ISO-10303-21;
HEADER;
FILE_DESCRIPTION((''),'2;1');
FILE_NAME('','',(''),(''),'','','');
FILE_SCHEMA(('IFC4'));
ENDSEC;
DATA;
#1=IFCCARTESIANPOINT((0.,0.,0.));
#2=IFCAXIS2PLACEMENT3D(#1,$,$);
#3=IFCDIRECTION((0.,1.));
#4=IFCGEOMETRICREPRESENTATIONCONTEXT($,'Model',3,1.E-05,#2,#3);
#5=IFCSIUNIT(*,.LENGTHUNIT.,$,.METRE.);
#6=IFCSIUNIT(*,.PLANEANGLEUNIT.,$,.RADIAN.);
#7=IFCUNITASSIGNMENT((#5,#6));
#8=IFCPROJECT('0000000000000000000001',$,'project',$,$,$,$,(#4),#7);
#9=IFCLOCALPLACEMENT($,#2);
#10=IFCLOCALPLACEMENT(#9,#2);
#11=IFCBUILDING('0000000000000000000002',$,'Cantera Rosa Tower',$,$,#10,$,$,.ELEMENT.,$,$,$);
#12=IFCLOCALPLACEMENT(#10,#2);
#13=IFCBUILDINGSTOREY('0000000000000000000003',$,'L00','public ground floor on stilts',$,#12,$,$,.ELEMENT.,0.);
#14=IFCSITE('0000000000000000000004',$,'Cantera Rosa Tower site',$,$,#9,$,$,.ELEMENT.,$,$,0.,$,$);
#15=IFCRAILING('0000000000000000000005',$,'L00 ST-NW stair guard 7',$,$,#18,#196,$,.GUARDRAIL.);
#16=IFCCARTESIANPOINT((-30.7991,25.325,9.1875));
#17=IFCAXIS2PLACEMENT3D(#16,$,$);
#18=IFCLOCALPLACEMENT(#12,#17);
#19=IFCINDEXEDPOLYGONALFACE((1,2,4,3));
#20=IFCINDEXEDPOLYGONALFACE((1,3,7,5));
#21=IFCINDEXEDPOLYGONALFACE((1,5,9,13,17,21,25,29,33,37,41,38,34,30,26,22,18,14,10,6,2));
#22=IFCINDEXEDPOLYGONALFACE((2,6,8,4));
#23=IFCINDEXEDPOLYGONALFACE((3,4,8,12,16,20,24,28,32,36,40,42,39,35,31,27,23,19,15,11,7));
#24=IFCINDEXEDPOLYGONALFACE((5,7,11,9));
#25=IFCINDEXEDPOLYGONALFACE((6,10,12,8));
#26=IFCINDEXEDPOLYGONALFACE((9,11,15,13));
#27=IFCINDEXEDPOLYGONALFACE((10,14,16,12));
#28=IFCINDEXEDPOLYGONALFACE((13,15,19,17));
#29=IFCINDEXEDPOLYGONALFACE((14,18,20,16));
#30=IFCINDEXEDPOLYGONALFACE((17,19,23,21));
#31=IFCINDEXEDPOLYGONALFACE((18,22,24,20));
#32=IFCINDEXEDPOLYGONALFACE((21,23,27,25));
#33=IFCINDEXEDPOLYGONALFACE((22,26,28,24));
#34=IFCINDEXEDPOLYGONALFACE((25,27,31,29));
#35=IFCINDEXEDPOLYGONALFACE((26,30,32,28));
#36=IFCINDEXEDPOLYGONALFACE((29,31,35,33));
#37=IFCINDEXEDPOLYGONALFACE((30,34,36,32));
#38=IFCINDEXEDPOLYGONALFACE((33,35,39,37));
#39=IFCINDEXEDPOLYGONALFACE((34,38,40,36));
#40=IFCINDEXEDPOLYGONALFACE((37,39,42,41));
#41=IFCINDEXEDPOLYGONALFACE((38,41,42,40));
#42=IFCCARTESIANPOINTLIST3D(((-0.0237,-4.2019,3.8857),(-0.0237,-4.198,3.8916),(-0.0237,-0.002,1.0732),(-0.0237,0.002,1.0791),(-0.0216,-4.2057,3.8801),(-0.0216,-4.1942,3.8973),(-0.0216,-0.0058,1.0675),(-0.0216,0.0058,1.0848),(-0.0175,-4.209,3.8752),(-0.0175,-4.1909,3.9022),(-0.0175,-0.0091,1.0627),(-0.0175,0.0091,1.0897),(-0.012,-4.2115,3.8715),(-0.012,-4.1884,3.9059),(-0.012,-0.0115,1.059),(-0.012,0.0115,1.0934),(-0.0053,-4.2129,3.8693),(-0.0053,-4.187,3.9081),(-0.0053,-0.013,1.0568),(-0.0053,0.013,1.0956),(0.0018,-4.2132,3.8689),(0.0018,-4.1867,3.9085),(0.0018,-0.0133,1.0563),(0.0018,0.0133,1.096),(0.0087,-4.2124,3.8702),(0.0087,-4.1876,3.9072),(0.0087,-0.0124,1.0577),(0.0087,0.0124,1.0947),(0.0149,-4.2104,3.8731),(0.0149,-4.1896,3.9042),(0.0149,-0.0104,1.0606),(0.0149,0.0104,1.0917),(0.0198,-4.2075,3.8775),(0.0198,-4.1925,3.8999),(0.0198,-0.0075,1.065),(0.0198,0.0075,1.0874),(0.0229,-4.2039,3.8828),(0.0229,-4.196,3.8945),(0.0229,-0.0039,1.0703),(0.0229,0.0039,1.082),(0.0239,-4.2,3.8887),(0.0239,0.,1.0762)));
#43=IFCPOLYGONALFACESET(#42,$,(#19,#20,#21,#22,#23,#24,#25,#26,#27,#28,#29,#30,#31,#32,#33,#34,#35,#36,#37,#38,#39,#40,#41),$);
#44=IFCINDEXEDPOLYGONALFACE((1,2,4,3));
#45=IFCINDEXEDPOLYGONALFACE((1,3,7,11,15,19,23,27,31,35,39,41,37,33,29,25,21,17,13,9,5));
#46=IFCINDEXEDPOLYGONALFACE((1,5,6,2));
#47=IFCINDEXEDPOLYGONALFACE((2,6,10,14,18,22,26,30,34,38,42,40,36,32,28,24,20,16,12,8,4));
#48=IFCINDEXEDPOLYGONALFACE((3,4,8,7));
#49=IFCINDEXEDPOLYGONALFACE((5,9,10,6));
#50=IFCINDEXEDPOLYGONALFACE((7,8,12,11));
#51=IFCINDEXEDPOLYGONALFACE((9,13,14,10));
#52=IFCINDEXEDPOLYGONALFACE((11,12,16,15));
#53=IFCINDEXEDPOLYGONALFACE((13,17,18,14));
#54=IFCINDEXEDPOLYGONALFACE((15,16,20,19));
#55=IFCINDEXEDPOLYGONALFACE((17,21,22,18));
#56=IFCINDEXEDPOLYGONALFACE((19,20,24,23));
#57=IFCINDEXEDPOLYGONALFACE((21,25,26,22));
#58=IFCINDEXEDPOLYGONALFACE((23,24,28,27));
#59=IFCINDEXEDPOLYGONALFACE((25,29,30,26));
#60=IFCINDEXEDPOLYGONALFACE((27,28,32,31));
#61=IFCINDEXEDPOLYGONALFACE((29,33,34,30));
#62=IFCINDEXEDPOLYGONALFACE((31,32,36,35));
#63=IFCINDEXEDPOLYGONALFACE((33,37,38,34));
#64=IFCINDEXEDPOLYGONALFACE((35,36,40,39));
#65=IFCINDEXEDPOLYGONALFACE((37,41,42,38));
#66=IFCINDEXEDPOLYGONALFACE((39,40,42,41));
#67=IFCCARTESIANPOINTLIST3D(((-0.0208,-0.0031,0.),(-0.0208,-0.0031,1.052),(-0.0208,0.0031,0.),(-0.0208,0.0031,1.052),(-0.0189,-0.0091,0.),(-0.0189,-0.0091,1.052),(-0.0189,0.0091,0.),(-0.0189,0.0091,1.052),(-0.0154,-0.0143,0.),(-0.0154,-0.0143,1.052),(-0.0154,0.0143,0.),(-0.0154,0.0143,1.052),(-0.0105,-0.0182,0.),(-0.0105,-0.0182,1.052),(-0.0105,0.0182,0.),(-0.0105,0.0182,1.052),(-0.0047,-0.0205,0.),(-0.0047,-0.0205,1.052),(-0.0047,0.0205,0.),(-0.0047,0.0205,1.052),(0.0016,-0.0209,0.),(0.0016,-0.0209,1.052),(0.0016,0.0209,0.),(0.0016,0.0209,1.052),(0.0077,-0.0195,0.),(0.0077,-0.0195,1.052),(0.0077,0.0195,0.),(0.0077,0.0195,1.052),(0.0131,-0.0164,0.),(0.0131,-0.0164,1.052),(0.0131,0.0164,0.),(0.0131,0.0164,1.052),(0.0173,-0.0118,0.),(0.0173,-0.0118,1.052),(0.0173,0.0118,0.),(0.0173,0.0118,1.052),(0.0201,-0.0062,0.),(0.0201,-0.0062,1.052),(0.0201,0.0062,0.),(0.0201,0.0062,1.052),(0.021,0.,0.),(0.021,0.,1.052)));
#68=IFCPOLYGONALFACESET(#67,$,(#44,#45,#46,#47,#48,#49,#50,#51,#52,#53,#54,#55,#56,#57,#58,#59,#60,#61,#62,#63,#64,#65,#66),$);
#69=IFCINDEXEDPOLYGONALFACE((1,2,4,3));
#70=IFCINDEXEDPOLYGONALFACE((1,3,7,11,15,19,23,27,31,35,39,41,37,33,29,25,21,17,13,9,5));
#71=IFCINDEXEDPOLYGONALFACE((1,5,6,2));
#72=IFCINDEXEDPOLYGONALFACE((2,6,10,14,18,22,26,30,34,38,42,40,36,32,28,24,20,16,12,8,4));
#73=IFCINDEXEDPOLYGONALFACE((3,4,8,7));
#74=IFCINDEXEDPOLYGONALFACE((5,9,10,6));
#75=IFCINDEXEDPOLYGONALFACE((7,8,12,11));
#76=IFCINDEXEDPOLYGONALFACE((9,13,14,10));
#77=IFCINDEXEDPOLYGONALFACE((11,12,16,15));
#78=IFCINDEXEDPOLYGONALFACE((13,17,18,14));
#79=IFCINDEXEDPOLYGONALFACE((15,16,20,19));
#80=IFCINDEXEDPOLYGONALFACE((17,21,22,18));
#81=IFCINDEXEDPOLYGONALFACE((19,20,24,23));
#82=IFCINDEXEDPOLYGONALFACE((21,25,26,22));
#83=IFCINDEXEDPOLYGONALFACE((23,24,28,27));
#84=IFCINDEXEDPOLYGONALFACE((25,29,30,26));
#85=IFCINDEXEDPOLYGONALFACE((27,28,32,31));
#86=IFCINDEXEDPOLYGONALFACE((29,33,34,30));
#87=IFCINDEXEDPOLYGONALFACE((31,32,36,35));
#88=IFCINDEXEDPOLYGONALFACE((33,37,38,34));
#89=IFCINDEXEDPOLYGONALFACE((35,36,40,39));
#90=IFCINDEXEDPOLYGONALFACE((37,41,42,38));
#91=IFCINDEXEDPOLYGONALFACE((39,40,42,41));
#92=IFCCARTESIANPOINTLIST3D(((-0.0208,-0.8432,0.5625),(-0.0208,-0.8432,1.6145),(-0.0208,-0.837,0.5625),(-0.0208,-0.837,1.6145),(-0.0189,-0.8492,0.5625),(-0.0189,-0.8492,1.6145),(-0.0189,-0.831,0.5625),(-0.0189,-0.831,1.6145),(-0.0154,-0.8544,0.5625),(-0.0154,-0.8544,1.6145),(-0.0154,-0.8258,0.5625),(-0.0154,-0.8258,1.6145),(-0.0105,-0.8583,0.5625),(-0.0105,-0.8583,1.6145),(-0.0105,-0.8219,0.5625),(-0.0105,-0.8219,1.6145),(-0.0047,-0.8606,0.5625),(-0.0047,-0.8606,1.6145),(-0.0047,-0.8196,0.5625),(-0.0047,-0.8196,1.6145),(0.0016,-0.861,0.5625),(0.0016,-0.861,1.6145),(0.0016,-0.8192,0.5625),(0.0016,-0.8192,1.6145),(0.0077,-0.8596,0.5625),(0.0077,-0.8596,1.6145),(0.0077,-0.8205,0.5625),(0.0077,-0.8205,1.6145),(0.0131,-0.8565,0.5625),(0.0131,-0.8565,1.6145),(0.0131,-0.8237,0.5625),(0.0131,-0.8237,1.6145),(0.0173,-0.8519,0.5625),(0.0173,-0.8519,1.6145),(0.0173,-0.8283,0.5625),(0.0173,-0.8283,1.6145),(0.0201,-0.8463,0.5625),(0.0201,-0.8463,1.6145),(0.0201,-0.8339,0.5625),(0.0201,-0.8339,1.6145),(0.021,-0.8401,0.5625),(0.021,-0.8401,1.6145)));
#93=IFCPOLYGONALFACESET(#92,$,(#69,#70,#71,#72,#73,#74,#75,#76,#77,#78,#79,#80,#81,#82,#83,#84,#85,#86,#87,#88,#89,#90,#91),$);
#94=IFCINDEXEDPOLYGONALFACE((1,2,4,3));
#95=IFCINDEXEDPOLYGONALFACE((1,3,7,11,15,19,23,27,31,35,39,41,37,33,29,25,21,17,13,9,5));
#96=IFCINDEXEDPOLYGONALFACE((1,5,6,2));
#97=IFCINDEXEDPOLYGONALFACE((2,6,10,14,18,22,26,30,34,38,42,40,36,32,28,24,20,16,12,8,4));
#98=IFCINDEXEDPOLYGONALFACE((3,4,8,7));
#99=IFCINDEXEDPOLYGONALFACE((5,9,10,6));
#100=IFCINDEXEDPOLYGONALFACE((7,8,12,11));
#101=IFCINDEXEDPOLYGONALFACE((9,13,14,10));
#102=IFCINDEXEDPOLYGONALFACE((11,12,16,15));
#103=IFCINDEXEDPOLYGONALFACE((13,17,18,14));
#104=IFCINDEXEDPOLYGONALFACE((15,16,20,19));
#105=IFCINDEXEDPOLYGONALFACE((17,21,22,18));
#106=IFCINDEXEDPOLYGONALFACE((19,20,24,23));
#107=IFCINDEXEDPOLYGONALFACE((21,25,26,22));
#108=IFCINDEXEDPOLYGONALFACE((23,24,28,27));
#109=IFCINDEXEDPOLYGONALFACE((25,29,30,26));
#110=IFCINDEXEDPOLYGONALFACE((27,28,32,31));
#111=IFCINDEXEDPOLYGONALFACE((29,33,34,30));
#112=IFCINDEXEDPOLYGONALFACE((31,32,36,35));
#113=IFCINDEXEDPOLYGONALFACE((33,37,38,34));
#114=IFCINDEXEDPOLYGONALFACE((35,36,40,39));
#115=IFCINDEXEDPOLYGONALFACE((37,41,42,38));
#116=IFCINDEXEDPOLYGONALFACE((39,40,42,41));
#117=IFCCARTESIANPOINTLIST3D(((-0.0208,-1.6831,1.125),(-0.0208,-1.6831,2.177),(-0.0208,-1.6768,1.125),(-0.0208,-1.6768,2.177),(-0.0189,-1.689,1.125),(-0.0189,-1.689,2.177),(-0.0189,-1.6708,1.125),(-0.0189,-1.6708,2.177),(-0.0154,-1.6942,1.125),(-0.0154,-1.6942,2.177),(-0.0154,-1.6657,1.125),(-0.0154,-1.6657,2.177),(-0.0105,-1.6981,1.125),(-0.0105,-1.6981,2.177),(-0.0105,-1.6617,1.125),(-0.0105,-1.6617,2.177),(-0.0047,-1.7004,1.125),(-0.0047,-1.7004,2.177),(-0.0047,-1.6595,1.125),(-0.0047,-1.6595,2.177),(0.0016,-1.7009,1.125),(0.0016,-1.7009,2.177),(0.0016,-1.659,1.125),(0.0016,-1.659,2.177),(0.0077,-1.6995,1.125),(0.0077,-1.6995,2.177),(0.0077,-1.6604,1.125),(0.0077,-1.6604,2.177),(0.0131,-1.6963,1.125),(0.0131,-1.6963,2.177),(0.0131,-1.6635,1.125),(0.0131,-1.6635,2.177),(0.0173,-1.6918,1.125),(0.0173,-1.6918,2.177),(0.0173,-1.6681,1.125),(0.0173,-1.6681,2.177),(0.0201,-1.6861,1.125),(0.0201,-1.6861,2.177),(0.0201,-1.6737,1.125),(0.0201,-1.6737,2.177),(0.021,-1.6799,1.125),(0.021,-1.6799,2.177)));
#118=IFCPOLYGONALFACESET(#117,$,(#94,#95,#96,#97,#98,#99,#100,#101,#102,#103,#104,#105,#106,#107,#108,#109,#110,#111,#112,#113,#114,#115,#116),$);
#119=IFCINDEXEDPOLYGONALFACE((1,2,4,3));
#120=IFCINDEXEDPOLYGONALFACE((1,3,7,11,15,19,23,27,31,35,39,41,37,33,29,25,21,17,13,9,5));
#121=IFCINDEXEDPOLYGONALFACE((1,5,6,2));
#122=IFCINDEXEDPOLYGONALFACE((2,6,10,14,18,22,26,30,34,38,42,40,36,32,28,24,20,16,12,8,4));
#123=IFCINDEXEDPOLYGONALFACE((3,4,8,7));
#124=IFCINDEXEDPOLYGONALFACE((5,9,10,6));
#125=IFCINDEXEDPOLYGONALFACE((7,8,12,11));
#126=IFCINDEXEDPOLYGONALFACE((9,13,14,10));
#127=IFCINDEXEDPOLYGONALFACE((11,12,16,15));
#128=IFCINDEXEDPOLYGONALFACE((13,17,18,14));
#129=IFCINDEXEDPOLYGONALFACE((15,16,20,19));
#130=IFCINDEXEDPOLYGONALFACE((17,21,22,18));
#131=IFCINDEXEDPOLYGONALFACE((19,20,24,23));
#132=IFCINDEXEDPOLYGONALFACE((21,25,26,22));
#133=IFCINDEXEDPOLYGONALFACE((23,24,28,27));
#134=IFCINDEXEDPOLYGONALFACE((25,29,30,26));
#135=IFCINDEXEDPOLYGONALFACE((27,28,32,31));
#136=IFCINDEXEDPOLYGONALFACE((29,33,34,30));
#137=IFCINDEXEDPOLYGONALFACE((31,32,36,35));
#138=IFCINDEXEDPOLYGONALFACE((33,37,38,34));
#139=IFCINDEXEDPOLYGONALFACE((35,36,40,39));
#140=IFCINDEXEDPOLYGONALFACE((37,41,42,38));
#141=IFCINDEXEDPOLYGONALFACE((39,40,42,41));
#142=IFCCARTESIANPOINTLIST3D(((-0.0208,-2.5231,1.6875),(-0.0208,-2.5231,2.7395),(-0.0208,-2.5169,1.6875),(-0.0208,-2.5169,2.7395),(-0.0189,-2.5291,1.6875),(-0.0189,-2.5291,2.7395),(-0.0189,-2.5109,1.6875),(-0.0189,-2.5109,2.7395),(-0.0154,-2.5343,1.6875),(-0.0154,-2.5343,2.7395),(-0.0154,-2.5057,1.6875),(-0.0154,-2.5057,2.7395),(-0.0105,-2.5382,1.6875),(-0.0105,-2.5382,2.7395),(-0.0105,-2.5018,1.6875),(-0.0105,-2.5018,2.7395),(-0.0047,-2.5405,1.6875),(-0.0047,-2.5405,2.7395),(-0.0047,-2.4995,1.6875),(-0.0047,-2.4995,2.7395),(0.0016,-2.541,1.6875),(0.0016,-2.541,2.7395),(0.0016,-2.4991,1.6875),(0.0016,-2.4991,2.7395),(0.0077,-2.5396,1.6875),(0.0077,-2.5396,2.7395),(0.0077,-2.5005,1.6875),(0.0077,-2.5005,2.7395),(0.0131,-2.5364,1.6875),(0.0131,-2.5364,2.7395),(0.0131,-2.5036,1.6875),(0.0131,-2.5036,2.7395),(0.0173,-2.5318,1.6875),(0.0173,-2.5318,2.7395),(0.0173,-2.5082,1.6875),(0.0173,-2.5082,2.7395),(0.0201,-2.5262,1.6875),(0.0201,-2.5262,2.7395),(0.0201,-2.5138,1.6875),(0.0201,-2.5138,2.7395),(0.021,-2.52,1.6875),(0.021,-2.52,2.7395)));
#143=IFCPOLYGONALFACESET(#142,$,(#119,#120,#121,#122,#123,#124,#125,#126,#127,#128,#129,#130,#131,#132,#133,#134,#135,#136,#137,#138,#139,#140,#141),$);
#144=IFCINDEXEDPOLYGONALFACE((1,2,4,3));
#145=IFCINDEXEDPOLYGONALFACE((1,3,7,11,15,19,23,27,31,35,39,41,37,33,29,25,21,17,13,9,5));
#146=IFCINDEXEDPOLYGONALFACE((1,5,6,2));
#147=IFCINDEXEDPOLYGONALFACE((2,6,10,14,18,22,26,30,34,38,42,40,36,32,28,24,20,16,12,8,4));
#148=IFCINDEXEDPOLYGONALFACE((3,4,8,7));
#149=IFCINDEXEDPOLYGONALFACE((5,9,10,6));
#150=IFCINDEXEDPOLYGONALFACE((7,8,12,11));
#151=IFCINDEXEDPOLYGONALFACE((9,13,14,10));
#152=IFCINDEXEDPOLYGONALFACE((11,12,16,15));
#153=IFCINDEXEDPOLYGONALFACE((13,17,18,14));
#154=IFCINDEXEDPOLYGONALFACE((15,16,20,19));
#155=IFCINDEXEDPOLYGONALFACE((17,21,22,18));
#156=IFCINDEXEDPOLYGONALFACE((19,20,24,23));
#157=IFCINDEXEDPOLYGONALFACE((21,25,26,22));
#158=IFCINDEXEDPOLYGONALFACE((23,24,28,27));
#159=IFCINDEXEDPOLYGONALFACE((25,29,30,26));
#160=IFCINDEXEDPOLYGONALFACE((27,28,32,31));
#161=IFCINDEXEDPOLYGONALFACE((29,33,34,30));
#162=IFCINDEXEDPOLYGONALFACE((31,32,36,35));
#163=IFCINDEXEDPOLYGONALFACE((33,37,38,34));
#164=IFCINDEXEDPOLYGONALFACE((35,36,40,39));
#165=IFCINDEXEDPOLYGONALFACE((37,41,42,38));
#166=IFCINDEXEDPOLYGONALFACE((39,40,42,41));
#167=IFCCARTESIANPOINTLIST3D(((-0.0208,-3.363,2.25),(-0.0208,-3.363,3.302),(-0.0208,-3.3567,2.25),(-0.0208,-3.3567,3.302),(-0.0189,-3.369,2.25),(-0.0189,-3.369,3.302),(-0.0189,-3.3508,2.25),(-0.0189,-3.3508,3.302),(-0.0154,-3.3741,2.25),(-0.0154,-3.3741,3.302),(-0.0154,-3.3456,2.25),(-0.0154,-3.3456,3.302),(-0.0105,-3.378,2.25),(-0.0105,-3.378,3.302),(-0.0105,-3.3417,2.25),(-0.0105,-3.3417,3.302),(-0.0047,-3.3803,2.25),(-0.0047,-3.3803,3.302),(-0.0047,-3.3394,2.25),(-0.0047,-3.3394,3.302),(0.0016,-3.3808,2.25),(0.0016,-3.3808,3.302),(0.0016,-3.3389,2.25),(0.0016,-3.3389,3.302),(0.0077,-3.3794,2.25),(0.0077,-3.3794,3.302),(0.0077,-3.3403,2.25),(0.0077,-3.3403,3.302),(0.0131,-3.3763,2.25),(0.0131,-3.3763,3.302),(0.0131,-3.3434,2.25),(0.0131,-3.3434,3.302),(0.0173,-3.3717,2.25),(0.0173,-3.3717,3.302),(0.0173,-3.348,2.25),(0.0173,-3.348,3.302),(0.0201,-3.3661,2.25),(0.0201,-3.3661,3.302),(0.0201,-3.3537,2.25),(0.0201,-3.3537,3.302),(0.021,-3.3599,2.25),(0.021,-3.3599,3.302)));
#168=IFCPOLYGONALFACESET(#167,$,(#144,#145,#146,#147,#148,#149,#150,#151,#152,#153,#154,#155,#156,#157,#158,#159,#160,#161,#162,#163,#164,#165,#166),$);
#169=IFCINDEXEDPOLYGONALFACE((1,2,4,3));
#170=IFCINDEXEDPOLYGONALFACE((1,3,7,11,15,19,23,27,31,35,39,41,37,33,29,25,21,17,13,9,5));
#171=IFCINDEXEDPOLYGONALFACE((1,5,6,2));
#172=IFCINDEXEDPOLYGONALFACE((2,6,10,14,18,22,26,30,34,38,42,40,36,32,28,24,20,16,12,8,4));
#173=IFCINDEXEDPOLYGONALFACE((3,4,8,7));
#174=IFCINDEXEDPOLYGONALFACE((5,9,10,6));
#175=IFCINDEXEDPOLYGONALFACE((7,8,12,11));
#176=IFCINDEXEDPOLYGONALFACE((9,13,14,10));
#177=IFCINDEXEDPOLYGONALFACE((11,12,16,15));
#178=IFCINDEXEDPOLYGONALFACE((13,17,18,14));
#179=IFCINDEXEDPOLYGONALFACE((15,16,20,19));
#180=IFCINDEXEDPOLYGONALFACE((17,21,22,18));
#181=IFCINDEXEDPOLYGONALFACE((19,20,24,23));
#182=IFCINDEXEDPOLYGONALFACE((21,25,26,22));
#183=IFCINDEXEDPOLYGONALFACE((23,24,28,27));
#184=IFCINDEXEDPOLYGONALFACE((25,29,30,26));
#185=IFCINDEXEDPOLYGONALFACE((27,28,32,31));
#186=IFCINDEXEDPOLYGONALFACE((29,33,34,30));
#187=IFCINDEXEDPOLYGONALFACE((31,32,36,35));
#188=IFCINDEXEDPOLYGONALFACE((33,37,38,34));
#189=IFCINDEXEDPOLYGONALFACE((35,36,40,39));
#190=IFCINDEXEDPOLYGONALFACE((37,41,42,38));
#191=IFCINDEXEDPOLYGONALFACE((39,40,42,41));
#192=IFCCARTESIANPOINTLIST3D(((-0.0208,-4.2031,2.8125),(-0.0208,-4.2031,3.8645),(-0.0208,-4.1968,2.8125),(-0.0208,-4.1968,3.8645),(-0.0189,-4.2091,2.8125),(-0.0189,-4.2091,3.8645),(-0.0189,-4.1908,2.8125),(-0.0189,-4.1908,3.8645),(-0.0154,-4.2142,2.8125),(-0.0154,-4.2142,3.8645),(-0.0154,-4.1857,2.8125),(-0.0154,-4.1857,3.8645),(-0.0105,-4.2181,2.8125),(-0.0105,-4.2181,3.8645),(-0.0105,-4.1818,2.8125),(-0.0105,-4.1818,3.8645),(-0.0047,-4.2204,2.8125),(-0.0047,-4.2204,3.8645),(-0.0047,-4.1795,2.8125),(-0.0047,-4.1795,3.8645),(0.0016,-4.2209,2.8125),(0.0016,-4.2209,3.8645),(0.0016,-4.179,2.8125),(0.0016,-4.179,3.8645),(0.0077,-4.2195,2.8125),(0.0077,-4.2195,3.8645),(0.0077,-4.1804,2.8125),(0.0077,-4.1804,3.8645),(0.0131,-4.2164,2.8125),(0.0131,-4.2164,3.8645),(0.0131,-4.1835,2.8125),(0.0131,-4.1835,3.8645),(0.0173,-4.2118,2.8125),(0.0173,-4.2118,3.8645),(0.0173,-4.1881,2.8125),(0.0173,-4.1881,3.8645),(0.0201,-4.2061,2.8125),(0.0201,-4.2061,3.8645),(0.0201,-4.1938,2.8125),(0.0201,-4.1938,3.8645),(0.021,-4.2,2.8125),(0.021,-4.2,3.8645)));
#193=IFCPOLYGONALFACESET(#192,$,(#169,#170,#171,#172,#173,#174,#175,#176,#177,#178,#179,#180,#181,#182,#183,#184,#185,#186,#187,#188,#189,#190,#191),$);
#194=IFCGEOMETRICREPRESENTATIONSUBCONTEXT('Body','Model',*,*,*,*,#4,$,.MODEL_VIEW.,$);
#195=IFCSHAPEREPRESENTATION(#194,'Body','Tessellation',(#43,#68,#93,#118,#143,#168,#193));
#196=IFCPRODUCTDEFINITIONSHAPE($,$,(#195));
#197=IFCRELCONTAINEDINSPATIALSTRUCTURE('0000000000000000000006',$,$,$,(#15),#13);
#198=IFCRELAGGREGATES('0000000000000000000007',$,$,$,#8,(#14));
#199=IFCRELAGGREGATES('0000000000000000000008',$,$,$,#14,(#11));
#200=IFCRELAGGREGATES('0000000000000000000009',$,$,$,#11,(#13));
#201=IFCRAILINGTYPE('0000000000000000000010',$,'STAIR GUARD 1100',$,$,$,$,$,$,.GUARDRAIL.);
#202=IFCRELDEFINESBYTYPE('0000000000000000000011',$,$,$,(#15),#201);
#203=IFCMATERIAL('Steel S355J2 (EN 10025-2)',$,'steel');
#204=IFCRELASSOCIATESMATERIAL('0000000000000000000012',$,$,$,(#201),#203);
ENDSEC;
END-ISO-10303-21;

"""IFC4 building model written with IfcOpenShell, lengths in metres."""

from ifc_helpers import new_model, si_unit, direction, frame, origin, origin_2d, place, context, subcontext, project, spatial, circle, extrude, material, type_object, element, save


model = new_model("IFC4")

# Units and contexts
model_context = context("Model", 3, precision=1e-05, world=origin(), true_north=direction((0.0, 1.0)))
body_context = subcontext(model_context, "Body", "Model", "MODEL_VIEW")
ifc_project = project(units=[si_unit("LENGTHUNIT", "METRE"), si_unit("PLANEANGLEUNIT", "RADIAN")], contexts=[model_context])

# Site, building, storey
site_placement = place(None, origin())
site = spatial("IfcSite", under=ifc_project, at=site_placement, Name="Cantera Rosa Tower site", CompositionType="ELEMENT", RefElevation=0.0)
building_placement = place(site_placement, origin())
building = spatial("IfcBuilding", under=site, at=building_placement, Name="Cantera Rosa Tower", CompositionType="ELEMENT")
storey_placement = place(building_placement, origin())
storey = spatial("IfcBuildingStorey", under=building, at=storey_placement, Name="L00", Description="public ground floor on stilts", CompositionType="ELEMENT", Elevation=0.0)

# Railing
ifc_material_1 = material(Name="Steel S355J2 (EN 10025-2)", Category="steel")
railing_type_1 = type_object("IfcRailingType", Name="STAIR GUARD 1100", PredefinedType="GUARDRAIL", material=ifc_material_1)
railing_1_placement = place(storey_placement, frame((-30.7991, 25.325, 9.1875)))
element("IfcRailing", 1, at=railing_1_placement, inside=storey, type_object=railing_type_1, Name="L00 ST-NW stair guard 7", PredefinedType="GUARDRAIL", context=body_context, shape_type="SweptSolid", body=[
    extrude(circle(Radius=0.0239, at=origin_2d()), frame((0.0, 0.0, 1.0762), z_axis=(0.0, -0.830904, 0.556416), x_axis=(1.0, 0.0, 0.0)), (0.0, 0.0, 1.0), 5.0547),
    extrude(circle(Radius=0.021, at=origin_2d()), origin(), (0.0, 0.0, 1.0), 1.052),
    extrude(circle(Radius=0.021, at=origin_2d()), frame((0.0, -0.8401, 0.5625)), (0.0, 0.0, 1.0), 1.052),
    extrude(circle(Radius=0.021, at=origin_2d()), frame((0.0, -1.6799, 1.125)), (0.0, 0.0, 1.0), 1.052),
    extrude(circle(Radius=0.021, at=origin_2d()), frame((0.0, -2.52, 1.6875)), (0.0, 0.0, 1.0), 1.052),
    extrude(circle(Radius=0.021, at=origin_2d()), frame((0.0, -3.3599, 2.25)), (0.0, 0.0, 1.0), 1.052),
    extrude(circle(Radius=0.021, at=origin_2d()), frame((0.0, -4.2, 2.8125)), (0.0, 0.0, 1.0), 1.052),
])

save(model, "model.ifc")
